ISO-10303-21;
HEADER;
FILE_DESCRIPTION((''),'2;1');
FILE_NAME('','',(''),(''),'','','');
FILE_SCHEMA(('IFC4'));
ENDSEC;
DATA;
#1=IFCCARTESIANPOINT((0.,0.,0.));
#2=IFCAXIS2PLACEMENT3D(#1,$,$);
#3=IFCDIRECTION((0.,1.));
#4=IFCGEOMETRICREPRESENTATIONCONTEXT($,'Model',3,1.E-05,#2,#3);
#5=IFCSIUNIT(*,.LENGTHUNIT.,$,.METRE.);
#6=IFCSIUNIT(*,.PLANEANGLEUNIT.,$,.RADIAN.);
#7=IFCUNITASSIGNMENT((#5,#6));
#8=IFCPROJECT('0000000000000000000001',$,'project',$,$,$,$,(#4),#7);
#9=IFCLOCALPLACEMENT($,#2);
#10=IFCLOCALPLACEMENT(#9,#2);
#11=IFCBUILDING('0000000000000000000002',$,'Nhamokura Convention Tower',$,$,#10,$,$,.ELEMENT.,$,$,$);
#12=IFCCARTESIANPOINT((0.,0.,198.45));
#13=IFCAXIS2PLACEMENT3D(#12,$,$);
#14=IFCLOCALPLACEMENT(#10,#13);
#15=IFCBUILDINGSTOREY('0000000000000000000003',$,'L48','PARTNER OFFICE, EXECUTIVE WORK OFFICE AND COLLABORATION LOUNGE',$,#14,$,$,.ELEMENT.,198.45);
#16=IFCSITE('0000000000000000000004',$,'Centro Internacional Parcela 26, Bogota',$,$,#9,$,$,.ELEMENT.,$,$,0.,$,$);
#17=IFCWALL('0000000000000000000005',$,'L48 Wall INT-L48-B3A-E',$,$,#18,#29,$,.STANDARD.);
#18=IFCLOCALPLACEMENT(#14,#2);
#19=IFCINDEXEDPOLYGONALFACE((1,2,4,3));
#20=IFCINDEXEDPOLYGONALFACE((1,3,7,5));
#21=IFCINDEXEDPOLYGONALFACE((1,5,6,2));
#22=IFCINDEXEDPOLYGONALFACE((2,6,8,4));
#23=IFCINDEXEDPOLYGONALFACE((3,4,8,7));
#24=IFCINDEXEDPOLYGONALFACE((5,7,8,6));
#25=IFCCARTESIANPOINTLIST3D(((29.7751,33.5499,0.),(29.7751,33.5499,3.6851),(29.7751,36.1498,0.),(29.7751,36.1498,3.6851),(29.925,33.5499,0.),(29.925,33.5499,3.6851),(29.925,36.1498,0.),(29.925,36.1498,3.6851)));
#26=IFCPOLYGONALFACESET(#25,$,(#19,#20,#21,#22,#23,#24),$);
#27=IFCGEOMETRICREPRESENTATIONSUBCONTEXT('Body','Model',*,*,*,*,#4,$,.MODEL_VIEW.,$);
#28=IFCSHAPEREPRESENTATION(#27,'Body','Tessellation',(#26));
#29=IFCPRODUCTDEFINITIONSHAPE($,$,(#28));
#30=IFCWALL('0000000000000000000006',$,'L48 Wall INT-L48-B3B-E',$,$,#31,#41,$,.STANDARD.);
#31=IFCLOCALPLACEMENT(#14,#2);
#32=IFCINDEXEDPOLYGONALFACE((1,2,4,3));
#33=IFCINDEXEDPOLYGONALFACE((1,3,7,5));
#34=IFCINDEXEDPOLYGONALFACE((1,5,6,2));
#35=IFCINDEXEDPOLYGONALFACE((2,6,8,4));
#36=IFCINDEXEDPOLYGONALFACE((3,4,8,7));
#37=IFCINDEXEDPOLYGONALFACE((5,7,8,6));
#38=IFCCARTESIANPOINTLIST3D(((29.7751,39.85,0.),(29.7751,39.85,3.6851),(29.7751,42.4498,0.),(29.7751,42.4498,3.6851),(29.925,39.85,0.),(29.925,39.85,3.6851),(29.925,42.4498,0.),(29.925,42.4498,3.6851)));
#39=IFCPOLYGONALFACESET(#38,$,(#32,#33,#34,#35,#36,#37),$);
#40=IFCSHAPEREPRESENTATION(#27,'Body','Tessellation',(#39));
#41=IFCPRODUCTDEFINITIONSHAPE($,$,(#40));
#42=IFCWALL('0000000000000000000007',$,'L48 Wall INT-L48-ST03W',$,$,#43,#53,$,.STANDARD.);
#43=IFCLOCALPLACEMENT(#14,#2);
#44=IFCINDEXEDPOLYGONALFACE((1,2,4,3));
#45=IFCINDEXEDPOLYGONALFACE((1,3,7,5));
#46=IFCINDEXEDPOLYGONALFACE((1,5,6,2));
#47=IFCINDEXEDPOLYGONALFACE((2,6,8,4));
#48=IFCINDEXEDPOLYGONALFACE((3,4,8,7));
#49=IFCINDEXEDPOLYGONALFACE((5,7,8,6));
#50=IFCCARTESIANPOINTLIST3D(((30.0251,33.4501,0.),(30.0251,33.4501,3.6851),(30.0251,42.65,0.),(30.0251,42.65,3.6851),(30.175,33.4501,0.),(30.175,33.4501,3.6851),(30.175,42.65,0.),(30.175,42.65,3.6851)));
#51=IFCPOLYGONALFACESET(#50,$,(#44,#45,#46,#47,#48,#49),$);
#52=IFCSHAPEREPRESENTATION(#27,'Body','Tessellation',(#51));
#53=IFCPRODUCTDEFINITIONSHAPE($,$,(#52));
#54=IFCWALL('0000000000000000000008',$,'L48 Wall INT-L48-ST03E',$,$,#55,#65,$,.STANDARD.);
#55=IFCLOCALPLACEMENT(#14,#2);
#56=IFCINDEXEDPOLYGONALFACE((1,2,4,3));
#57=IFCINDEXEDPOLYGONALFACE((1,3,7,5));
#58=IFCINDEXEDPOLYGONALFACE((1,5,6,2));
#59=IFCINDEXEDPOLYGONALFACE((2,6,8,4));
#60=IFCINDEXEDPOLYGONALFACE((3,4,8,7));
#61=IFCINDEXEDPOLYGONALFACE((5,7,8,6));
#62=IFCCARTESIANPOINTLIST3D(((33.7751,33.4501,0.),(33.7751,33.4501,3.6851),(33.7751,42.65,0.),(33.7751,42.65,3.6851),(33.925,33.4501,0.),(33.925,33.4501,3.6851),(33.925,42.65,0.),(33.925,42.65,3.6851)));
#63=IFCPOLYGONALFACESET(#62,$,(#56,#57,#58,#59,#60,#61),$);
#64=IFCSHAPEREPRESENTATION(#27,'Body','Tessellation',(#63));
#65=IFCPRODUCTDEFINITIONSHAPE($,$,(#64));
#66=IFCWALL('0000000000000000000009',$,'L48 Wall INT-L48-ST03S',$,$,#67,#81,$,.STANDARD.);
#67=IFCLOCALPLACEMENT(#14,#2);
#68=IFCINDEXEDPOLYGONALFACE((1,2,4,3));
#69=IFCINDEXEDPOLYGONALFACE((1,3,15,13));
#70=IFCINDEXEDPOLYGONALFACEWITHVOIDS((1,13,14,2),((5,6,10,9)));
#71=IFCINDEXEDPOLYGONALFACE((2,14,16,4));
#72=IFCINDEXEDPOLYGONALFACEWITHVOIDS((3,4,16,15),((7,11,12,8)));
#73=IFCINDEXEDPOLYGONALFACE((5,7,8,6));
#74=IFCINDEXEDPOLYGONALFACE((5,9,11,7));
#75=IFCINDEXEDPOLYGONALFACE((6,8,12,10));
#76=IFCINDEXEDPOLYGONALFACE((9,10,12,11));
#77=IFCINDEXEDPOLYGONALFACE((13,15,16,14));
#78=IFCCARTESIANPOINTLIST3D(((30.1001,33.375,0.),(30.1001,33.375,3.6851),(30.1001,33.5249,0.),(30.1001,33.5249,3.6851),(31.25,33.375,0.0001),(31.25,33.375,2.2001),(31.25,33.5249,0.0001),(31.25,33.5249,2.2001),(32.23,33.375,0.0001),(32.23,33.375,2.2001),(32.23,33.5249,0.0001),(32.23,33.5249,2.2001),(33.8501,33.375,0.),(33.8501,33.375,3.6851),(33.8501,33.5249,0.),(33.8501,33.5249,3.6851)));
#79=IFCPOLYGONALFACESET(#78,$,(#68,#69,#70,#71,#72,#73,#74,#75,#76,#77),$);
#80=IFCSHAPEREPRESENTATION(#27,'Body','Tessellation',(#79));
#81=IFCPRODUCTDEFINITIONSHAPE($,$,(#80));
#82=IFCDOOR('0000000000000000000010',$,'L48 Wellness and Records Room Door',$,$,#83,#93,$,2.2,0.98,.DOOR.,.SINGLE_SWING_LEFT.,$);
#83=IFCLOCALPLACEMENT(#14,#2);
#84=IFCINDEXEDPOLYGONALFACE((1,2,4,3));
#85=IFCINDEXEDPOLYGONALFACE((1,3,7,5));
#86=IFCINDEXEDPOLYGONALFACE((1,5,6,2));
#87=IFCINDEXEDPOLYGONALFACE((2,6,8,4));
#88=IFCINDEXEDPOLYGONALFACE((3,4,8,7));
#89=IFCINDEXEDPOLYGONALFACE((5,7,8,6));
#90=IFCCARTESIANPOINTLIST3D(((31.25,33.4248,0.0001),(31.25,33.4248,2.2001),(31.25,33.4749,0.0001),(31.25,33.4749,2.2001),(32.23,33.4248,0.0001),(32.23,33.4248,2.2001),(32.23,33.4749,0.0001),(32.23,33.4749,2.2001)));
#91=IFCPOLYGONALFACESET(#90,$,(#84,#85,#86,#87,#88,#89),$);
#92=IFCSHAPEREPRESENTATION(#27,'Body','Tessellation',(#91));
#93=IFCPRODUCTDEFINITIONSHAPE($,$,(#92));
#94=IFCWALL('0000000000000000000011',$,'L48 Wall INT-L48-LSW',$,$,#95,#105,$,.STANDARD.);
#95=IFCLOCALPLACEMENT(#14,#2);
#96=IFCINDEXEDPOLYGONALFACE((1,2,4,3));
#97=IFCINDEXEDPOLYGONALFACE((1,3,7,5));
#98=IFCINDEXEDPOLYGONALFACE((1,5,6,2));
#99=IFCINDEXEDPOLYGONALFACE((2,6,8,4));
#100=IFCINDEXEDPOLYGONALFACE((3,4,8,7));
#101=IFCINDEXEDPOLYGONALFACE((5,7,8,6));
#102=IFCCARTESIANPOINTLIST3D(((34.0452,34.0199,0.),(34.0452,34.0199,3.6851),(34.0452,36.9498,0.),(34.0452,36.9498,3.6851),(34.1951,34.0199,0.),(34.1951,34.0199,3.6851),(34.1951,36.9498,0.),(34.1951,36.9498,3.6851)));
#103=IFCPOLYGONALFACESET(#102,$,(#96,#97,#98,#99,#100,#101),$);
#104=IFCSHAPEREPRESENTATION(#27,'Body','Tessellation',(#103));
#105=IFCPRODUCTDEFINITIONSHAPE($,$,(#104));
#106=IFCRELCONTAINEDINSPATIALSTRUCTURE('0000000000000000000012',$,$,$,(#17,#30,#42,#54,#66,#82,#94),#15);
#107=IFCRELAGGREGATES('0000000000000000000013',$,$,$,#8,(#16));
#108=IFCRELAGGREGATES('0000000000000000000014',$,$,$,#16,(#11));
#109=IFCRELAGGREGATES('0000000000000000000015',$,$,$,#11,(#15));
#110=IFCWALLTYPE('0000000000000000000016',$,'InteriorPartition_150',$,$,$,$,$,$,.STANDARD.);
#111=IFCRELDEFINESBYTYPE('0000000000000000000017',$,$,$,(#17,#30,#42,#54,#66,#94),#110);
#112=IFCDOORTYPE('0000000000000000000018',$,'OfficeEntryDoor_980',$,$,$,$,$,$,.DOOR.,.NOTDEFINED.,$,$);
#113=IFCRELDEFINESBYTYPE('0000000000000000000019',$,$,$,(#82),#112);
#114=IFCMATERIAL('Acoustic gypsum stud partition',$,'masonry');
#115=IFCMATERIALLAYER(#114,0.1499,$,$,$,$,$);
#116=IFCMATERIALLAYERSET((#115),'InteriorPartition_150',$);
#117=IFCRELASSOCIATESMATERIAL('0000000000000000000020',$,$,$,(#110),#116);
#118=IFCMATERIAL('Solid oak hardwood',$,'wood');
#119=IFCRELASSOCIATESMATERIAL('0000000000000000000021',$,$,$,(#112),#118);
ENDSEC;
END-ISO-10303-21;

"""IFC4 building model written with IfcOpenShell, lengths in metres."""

from ifc_helpers import new_model, si_unit, direction, frame, frame_2d, origin, place, context, subcontext, project, spatial, rectangle, extrude, material, layer, layer_set, type_object, element, fill, save


model = new_model("IFC4")

# Units and contexts
model_context = context("Model", 3, precision=1e-05, world=origin(), true_north=direction((0.0, 1.0)))
body_context = subcontext(model_context, "Body", "Model", "MODEL_VIEW")
ifc_project = project(units=[si_unit("LENGTHUNIT", "METRE"), si_unit("PLANEANGLEUNIT", "RADIAN")], contexts=[model_context])

# Site, building, storey
site_placement = place(None, origin())
site = spatial("IfcSite", under=ifc_project, at=site_placement, Name="Centro Internacional Parcela 26, Bogota", CompositionType="ELEMENT", RefElevation=0.0)
building_placement = place(site_placement, origin())
building = spatial("IfcBuilding", under=site, at=building_placement, Name="Nhamokura Convention Tower", CompositionType="ELEMENT")
storey_placement = place(building_placement, frame((0.0, 0.0, 198.45)))
storey = spatial("IfcBuildingStorey", under=building, at=storey_placement, Name="L48", Description="PARTNER OFFICE, EXECUTIVE WORK OFFICE AND COLLABORATION LOUNGE", CompositionType="ELEMENT", Elevation=198.45)

# Shared definitions
ifc_material_1 = material(Name="Acoustic gypsum stud partition", Category="masonry")
ifc_layer_1 = layer(ifc_material_1, 0.1499)
ifc_layer_set_1 = layer_set([ifc_layer_1], Name="InteriorPartition_150")
wall_type_1 = type_object("IfcWallType", Name="InteriorPartition_150", PredefinedType="STANDARD", material=ifc_layer_set_1)

# Shared definitions
ifc_material_2 = material(Name="Solid oak hardwood", Category="wood")
door_type_1 = type_object("IfcDoorType", Name="OfficeEntryDoor_980", OperationType="NOTDEFINED", PredefinedType="DOOR", material=ifc_material_2)

# Walls
for number, where, z_axis, x_axis, name in (
    (1, (29.8501, 33.55, 0.0), (0.0, 0.0, 1.0), (0.0, 1.0, 0.0), "L48 Wall INT-L48-B3A-E"),
    (2, (29.8501, 39.8501, 0.0), (0.0, 0.0, 1.0), (0.0, 1.0, 0.0), "L48 Wall INT-L48-B3B-E"),
):
    element("IfcWall", number, at=place(storey_placement, frame(where, z_axis=z_axis, x_axis=x_axis)), inside=storey, type_object=wall_type_1, Name=name, PredefinedType="STANDARD", context=body_context, shape_type="SweptSolid", body=[
        extrude(rectangle(XDim=2.5999, YDim=0.1499, at=frame_2d((1.2998, 0.0))), origin(), (0.0, 0.0, 1.0), 3.6851),
    ])
for number, where, z_axis, x_axis, name in (
    (3, (30.1001, 33.45, 0.0), (0.0, 0.0, 1.0), (0.0, 1.0, 0.0), "L48 Wall INT-L48-ST03W"),
    (4, (33.8501, 33.45, 0.0), (0.0, 0.0, 1.0), (0.0, 1.0, 0.0), "L48 Wall INT-L48-ST03E"),
):
    element("IfcWall", number, at=place(storey_placement, frame(where, z_axis=z_axis, x_axis=x_axis)), inside=storey, type_object=wall_type_1, Name=name, PredefinedType="STANDARD", context=body_context, shape_type="SweptSolid", body=[
        extrude(rectangle(XDim=9.2, YDim=0.1499, at=frame_2d((4.6001, 0.0))), origin(), (0.0, 0.0, 1.0), 3.6851),
    ])

# Wall, opening, door
wall_1_placement = place(storey_placement, frame((30.1001, 33.45, 0.0), z_axis=(0.0, 0.0, 1.0), x_axis=(1.0, 0.0, 0.0)))
wall_1 = element("IfcWall", 5, at=wall_1_placement, inside=storey, type_object=wall_type_1, Name="L48 Wall INT-L48-ST03S", PredefinedType="STANDARD", context=body_context, shape_type="SweptSolid", body=[
    extrude(rectangle(XDim=3.75, YDim=0.1499, at=frame_2d((1.875, 0.0))), origin(), (0.0, 0.0, 1.0), 3.6851),
])
opening_1_placement = place(wall_1_placement, frame((1.1499, 0.0, 0.0)))
opening_1 = element("IfcOpeningElement", 6, at=opening_1_placement, cuts=wall_1, PredefinedType="OPENING", context=body_context, shape_type="SweptSolid", body=[
    extrude(rectangle(XDim=0.98, YDim=2.2, at=frame_2d((0.49, 1.1001))), frame((0.0, 0.085, 0.0), z_axis=(0.0, -1.0, 0.0), x_axis=(1.0, 0.0, 0.0)), (0.0, 0.0, 1.0), 0.1699),
])
door_1_placement = place(opening_1_placement, origin())
door_1 = element("IfcDoor", 7, at=door_1_placement, inside=storey, type_object=door_type_1, Name="L48 Wellness and Records Room Door", OperationType="SINGLE_SWING_LEFT", OverallHeight=2.2, OverallWidth=0.98, PredefinedType="DOOR", context=body_context, shape_type="SweptSolid", body=[
    extrude(rectangle(XDim=0.98, YDim=2.2, at=frame_2d((0.49, 1.1001))), frame((0.0, 0.0249, 0.0), z_axis=(0.0, -1.0, 0.0), x_axis=(1.0, 0.0, 0.0)), (0.0, 0.0, 1.0), 0.05),
])
fill(opening_1, door_1)

# Wall
wall_2_placement = place(storey_placement, frame((34.1201, 34.02, 0.0), z_axis=(0.0, 0.0, 1.0), x_axis=(0.0, 1.0, 0.0)))
element("IfcWall", 8, at=wall_2_placement, inside=storey, type_object=wall_type_1, Name="L48 Wall INT-L48-LSW", PredefinedType="STANDARD", context=body_context, shape_type="SweptSolid", body=[
    extrude(rectangle(XDim=2.9299, YDim=0.1499, at=frame_2d((1.4648, 0.0))), origin(), (0.0, 0.0, 1.0), 3.6851),
])

save(model, "model.ifc")
